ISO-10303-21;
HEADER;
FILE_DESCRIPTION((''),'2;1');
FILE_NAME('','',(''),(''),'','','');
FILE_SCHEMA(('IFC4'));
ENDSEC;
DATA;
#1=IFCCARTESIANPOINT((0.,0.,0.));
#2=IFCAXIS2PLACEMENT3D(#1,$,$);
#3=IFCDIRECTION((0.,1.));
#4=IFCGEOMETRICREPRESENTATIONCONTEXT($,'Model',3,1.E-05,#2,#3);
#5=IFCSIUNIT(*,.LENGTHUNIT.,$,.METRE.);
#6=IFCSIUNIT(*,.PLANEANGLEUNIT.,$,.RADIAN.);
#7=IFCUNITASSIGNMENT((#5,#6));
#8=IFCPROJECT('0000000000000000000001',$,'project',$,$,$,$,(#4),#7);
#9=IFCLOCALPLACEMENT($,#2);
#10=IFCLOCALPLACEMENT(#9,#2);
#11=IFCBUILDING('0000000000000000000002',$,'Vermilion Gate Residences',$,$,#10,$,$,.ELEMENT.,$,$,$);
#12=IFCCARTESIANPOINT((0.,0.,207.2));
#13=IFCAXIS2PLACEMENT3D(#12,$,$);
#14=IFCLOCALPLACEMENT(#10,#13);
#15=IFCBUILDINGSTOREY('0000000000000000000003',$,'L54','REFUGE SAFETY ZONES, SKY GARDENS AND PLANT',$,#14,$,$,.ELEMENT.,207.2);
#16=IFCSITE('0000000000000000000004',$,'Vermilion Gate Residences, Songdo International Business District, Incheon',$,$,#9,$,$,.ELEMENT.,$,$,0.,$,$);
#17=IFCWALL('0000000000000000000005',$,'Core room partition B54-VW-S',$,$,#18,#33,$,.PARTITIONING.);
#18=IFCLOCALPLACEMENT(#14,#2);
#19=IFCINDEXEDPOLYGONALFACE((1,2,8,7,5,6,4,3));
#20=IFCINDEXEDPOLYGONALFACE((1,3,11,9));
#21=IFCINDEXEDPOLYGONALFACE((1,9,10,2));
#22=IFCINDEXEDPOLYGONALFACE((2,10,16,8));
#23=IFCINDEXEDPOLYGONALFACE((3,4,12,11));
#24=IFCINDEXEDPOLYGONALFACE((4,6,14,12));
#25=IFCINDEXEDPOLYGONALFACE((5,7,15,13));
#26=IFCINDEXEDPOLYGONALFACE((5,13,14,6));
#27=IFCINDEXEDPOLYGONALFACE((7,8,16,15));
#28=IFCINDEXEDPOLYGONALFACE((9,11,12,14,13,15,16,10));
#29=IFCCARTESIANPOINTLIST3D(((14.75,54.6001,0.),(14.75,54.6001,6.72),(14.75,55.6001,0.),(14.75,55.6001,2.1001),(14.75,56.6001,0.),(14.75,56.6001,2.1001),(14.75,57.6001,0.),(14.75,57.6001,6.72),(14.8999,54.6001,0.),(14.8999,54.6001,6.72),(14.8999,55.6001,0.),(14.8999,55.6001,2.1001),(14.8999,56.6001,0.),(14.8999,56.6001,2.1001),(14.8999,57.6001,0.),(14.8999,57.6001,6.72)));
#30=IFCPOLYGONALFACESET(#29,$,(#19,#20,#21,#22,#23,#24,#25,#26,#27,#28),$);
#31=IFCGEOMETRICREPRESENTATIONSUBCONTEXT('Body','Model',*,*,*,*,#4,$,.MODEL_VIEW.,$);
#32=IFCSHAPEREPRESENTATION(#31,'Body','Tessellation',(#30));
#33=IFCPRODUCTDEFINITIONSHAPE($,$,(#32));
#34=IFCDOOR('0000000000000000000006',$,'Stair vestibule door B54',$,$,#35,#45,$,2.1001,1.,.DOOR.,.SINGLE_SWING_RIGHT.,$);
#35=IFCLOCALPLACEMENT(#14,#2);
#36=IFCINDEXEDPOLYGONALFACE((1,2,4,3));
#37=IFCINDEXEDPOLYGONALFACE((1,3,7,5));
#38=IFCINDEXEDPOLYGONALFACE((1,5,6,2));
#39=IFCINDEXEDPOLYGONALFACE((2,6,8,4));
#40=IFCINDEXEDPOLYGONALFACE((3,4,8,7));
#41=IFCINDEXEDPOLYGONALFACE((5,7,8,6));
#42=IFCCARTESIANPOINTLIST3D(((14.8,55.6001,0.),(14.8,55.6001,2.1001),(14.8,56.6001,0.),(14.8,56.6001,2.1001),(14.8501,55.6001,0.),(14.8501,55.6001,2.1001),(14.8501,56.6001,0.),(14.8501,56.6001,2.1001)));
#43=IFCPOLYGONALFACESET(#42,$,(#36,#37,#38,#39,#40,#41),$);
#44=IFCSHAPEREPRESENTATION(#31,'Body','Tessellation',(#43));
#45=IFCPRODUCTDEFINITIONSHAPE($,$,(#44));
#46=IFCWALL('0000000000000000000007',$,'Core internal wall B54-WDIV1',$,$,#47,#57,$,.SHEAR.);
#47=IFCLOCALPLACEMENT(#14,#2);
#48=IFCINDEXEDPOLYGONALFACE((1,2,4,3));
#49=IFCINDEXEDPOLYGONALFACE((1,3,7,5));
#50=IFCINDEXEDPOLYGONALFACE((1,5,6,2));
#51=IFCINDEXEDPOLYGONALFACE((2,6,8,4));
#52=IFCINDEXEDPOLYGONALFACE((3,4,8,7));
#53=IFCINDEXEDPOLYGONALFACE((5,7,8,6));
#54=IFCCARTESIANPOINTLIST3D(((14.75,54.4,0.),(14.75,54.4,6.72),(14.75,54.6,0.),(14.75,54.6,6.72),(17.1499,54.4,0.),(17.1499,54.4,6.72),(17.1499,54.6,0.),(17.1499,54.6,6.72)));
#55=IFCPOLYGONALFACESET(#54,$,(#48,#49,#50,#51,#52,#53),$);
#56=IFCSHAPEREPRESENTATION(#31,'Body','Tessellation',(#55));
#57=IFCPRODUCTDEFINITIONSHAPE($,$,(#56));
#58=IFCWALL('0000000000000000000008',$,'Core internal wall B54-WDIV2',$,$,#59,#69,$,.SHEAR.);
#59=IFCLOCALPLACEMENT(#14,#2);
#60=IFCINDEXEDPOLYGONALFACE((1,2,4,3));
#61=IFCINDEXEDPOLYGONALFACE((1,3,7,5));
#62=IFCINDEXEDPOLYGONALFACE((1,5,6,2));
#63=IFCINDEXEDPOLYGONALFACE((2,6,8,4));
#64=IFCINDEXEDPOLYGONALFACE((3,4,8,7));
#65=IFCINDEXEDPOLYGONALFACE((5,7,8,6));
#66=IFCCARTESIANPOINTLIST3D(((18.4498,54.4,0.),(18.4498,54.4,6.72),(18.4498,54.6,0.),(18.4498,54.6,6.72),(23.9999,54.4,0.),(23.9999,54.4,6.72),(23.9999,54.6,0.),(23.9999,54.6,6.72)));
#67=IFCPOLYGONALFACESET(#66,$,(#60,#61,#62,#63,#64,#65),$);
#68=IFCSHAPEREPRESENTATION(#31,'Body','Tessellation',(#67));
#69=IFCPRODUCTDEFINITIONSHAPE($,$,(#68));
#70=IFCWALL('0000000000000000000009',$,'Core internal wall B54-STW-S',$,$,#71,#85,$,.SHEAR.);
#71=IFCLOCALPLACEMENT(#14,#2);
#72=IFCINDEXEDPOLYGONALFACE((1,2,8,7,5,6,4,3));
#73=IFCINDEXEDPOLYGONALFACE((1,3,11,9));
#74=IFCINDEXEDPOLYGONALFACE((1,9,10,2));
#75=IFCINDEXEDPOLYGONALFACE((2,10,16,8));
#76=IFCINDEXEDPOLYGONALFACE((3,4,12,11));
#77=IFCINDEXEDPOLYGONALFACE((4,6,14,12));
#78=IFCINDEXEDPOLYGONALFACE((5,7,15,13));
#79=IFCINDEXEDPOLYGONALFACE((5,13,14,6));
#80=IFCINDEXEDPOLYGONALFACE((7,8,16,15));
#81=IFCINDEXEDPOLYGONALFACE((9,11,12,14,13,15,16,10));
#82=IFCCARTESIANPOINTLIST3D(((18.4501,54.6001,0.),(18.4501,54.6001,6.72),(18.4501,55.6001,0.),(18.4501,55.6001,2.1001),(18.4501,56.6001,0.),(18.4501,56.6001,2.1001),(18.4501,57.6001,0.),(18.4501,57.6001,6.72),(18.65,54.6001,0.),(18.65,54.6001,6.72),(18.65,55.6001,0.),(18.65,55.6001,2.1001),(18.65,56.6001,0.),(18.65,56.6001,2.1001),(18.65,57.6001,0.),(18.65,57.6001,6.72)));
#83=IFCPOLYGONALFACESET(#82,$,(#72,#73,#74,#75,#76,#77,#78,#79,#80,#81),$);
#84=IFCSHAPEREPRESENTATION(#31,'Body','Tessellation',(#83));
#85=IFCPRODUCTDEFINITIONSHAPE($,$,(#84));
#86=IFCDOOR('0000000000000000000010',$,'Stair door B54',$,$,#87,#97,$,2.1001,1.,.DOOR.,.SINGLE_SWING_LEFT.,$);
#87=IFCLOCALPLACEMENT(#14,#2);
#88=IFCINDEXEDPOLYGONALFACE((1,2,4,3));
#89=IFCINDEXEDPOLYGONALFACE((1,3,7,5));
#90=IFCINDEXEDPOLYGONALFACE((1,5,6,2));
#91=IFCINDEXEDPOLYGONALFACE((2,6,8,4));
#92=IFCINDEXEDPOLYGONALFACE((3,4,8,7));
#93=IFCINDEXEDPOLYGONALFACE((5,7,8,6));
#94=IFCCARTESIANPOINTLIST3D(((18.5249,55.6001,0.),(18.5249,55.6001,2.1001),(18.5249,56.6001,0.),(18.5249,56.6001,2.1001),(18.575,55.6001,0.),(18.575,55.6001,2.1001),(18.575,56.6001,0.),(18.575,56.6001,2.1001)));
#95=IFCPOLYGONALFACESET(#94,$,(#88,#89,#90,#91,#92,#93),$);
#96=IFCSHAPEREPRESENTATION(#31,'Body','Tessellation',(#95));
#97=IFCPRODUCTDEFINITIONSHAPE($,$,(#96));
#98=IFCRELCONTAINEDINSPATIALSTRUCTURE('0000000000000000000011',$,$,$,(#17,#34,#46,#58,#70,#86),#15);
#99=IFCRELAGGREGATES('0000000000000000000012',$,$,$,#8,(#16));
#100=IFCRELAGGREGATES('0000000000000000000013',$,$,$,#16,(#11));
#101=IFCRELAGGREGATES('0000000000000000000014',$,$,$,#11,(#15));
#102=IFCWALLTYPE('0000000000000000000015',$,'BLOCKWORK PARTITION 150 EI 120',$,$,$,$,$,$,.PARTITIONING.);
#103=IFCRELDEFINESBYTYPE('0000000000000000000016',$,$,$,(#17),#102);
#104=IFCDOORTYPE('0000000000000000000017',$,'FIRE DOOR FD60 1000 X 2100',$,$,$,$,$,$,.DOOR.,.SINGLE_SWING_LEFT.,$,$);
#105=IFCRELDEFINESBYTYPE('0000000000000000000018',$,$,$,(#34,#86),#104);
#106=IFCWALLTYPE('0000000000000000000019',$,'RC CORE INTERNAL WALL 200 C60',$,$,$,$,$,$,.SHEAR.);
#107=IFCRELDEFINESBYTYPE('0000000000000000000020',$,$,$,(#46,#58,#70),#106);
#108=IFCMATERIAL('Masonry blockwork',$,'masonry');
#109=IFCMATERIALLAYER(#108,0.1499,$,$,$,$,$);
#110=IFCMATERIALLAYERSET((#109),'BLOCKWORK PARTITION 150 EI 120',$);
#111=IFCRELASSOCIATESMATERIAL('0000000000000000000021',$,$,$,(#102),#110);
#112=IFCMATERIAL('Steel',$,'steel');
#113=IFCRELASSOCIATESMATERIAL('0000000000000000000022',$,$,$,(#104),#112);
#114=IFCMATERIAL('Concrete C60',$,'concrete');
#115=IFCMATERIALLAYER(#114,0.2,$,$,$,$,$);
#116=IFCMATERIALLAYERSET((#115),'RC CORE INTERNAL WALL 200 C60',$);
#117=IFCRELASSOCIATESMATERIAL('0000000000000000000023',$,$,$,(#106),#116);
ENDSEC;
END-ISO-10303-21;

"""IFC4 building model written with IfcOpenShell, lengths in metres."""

from ifc_helpers import new_model, si_unit, direction, frame, frame_2d, origin, place, context, subcontext, project, spatial, rectangle, extrude, material, layer, layer_set, type_object, element, fill, save


model = new_model("IFC4")

# Units and contexts
model_context = context("Model", 3, precision=1e-05, world=origin(), true_north=direction((0.0, 1.0)))
body_context = subcontext(model_context, "Body", "Model", "MODEL_VIEW")
ifc_project = project(units=[si_unit("LENGTHUNIT", "METRE"), si_unit("PLANEANGLEUNIT", "RADIAN")], contexts=[model_context])

# Site, building, storey
site_placement = place(None, origin())
site = spatial("IfcSite", under=ifc_project, at=site_placement, Name="Vermilion Gate Residences, Songdo International Business District, Incheon", CompositionType="ELEMENT", RefElevation=0.0)
building_placement = place(site_placement, origin())
building = spatial("IfcBuilding", under=site, at=building_placement, Name="Vermilion Gate Residences", CompositionType="ELEMENT")
storey_placement = place(building_placement, frame((0.0, 0.0, 207.2)))
storey = spatial("IfcBuildingStorey", under=building, at=storey_placement, Name="L54", Description="REFUGE SAFETY ZONES, SKY GARDENS AND PLANT", CompositionType="ELEMENT", Elevation=207.2)

# Wall, opening, door
ifc_material_1 = material(Name="Masonry blockwork", Category="masonry")
ifc_layer_1 = layer(ifc_material_1, 0.1499)
ifc_layer_set_1 = layer_set([ifc_layer_1], Name="BLOCKWORK PARTITION 150 EI 120")
wall_type_1 = type_object("IfcWallType", Name="BLOCKWORK PARTITION 150 EI 120", PredefinedType="PARTITIONING", material=ifc_layer_set_1)
wall_1_placement = place(storey_placement, frame((14.825, 57.6001, 0.0), z_axis=(0.0, 0.0, 1.0), x_axis=(0.0, -1.0, 0.0)))
wall_1 = element("IfcWall", 1, at=wall_1_placement, inside=storey, type_object=wall_type_1, Name="Core room partition B54-VW-S", PredefinedType="PARTITIONING", context=body_context, shape_type="SweptSolid", body=[
    extrude(rectangle(XDim=3.0, YDim=0.1499, at=frame_2d((1.5, 0.0))), origin(), (0.0, 0.0, 1.0), 6.72),
])
opening_1_placement = place(wall_1_placement, frame((1.0, 0.0, 0.0)))
opening_1 = element("IfcOpeningElement", 2, at=opening_1_placement, cuts=wall_1, PredefinedType="OPENING", context=body_context, shape_type="SweptSolid", body=[
    extrude(rectangle(XDim=1.0, YDim=2.1001, at=frame_2d((0.5, 1.05))), frame((0.0, 0.085, 0.0), z_axis=(0.0, -1.0, 0.0), x_axis=(1.0, 0.0, 0.0)), (0.0, 0.0, 1.0), 0.1699),
])
ifc_material_2 = material(Name="Steel", Category="steel")
door_type = type_object("IfcDoorType", Name="FIRE DOOR FD60 1000 X 2100", OperationType="SINGLE_SWING_LEFT", PredefinedType="DOOR", material=ifc_material_2)
door_1_placement = place(opening_1_placement, frame((1.0, 0.0, 0.0), z_axis=(0.0, 0.0, 1.0), x_axis=(-1.0, 0.0, 0.0)))
door_1 = element("IfcDoor", 3, at=door_1_placement, inside=storey, type_object=door_type, Name="Stair vestibule door B54", OperationType="SINGLE_SWING_RIGHT", OverallHeight=2.1001, OverallWidth=1.0, PredefinedType="DOOR", context=body_context, shape_type="SweptSolid", body=[
    extrude(rectangle(XDim=1.0, YDim=2.1001, at=frame_2d((0.5, 1.05))), frame((0.0, 0.0249, 0.0), z_axis=(0.0, -1.0, 0.0), x_axis=(1.0, 0.0, 0.0)), (0.0, 0.0, 1.0), 0.05),
])
fill(opening_1, door_1)

# Walls
ifc_material_3 = material(Name="Concrete C60", Category="concrete")
ifc_layer_2 = layer(ifc_material_3, 0.2)
ifc_layer_set_2 = layer_set([ifc_layer_2], Name="RC CORE INTERNAL WALL 200 C60")
wall_type_2 = type_object("IfcWallType", Name="RC CORE INTERNAL WALL 200 C60", PredefinedType="SHEAR", material=ifc_layer_set_2)
wall_2_placement = place(storey_placement, frame((14.75, 54.5, 0.0), z_axis=(0.0, 0.0, 1.0), x_axis=(1.0, 0.0, 0.0)))
element("IfcWall", 4, at=wall_2_placement, inside=storey, type_object=wall_type_2, Name="Core internal wall B54-WDIV1", PredefinedType="SHEAR", context=body_context, shape_type="SweptSolid", body=[
    extrude(rectangle(XDim=2.3999, YDim=0.2, at=frame_2d((1.2, 0.0))), origin(), (0.0, 0.0, 1.0), 6.72),
])
wall_3_placement = place(storey_placement, frame((18.45, 54.5, 0.0), z_axis=(0.0, 0.0, 1.0), x_axis=(1.0, 0.0, 0.0)))
element("IfcWall", 5, at=wall_3_placement, inside=storey, type_object=wall_type_2, Name="Core internal wall B54-WDIV2", PredefinedType="SHEAR", context=body_context, shape_type="SweptSolid", body=[
    extrude(rectangle(XDim=5.55, YDim=0.2, at=frame_2d((2.7749, 0.0))), origin(), (0.0, 0.0, 1.0), 6.72),
])

# Wall, opening, door
wall_4_placement = place(storey_placement, frame((18.55, 57.6001, 0.0), z_axis=(0.0, 0.0, 1.0), x_axis=(0.0, -1.0, 0.0)))
wall_4 = element("IfcWall", 6, at=wall_4_placement, inside=storey, type_object=wall_type_2, Name="Core internal wall B54-STW-S", PredefinedType="SHEAR", context=body_context, shape_type="SweptSolid", body=[
    extrude(rectangle(XDim=3.0, YDim=0.2, at=frame_2d((1.5, 0.0))), origin(), (0.0, 0.0, 1.0), 6.72),
])
opening_2_placement = place(wall_4_placement, frame((1.0, 0.0, 0.0)))
opening_2 = element("IfcOpeningElement", 7, at=opening_2_placement, cuts=wall_4, PredefinedType="OPENING", context=body_context, shape_type="SweptSolid", body=[
    extrude(rectangle(XDim=1.0, YDim=2.1001, at=frame_2d((0.5, 1.05))), frame((0.0, 0.1099, 0.0), z_axis=(0.0, -1.0, 0.0), x_axis=(1.0, 0.0, 0.0)), (0.0, 0.0, 1.0), 0.22),
])
door_2_placement = place(opening_2_placement, origin())
door_2 = element("IfcDoor", 8, at=door_2_placement, inside=storey, type_object=door_type, Name="Stair door B54", OperationType="SINGLE_SWING_LEFT", OverallHeight=2.1001, OverallWidth=1.0, PredefinedType="DOOR", context=body_context, shape_type="SweptSolid", body=[
    extrude(rectangle(XDim=1.0, YDim=2.1001, at=frame_2d((0.5, 1.05))), frame((0.0, 0.0249, 0.0), z_axis=(0.0, -1.0, 0.0), x_axis=(1.0, 0.0, 0.0)), (0.0, 0.0, 1.0), 0.05),
])
fill(opening_2, door_2)

save(model, "model.ifc")
